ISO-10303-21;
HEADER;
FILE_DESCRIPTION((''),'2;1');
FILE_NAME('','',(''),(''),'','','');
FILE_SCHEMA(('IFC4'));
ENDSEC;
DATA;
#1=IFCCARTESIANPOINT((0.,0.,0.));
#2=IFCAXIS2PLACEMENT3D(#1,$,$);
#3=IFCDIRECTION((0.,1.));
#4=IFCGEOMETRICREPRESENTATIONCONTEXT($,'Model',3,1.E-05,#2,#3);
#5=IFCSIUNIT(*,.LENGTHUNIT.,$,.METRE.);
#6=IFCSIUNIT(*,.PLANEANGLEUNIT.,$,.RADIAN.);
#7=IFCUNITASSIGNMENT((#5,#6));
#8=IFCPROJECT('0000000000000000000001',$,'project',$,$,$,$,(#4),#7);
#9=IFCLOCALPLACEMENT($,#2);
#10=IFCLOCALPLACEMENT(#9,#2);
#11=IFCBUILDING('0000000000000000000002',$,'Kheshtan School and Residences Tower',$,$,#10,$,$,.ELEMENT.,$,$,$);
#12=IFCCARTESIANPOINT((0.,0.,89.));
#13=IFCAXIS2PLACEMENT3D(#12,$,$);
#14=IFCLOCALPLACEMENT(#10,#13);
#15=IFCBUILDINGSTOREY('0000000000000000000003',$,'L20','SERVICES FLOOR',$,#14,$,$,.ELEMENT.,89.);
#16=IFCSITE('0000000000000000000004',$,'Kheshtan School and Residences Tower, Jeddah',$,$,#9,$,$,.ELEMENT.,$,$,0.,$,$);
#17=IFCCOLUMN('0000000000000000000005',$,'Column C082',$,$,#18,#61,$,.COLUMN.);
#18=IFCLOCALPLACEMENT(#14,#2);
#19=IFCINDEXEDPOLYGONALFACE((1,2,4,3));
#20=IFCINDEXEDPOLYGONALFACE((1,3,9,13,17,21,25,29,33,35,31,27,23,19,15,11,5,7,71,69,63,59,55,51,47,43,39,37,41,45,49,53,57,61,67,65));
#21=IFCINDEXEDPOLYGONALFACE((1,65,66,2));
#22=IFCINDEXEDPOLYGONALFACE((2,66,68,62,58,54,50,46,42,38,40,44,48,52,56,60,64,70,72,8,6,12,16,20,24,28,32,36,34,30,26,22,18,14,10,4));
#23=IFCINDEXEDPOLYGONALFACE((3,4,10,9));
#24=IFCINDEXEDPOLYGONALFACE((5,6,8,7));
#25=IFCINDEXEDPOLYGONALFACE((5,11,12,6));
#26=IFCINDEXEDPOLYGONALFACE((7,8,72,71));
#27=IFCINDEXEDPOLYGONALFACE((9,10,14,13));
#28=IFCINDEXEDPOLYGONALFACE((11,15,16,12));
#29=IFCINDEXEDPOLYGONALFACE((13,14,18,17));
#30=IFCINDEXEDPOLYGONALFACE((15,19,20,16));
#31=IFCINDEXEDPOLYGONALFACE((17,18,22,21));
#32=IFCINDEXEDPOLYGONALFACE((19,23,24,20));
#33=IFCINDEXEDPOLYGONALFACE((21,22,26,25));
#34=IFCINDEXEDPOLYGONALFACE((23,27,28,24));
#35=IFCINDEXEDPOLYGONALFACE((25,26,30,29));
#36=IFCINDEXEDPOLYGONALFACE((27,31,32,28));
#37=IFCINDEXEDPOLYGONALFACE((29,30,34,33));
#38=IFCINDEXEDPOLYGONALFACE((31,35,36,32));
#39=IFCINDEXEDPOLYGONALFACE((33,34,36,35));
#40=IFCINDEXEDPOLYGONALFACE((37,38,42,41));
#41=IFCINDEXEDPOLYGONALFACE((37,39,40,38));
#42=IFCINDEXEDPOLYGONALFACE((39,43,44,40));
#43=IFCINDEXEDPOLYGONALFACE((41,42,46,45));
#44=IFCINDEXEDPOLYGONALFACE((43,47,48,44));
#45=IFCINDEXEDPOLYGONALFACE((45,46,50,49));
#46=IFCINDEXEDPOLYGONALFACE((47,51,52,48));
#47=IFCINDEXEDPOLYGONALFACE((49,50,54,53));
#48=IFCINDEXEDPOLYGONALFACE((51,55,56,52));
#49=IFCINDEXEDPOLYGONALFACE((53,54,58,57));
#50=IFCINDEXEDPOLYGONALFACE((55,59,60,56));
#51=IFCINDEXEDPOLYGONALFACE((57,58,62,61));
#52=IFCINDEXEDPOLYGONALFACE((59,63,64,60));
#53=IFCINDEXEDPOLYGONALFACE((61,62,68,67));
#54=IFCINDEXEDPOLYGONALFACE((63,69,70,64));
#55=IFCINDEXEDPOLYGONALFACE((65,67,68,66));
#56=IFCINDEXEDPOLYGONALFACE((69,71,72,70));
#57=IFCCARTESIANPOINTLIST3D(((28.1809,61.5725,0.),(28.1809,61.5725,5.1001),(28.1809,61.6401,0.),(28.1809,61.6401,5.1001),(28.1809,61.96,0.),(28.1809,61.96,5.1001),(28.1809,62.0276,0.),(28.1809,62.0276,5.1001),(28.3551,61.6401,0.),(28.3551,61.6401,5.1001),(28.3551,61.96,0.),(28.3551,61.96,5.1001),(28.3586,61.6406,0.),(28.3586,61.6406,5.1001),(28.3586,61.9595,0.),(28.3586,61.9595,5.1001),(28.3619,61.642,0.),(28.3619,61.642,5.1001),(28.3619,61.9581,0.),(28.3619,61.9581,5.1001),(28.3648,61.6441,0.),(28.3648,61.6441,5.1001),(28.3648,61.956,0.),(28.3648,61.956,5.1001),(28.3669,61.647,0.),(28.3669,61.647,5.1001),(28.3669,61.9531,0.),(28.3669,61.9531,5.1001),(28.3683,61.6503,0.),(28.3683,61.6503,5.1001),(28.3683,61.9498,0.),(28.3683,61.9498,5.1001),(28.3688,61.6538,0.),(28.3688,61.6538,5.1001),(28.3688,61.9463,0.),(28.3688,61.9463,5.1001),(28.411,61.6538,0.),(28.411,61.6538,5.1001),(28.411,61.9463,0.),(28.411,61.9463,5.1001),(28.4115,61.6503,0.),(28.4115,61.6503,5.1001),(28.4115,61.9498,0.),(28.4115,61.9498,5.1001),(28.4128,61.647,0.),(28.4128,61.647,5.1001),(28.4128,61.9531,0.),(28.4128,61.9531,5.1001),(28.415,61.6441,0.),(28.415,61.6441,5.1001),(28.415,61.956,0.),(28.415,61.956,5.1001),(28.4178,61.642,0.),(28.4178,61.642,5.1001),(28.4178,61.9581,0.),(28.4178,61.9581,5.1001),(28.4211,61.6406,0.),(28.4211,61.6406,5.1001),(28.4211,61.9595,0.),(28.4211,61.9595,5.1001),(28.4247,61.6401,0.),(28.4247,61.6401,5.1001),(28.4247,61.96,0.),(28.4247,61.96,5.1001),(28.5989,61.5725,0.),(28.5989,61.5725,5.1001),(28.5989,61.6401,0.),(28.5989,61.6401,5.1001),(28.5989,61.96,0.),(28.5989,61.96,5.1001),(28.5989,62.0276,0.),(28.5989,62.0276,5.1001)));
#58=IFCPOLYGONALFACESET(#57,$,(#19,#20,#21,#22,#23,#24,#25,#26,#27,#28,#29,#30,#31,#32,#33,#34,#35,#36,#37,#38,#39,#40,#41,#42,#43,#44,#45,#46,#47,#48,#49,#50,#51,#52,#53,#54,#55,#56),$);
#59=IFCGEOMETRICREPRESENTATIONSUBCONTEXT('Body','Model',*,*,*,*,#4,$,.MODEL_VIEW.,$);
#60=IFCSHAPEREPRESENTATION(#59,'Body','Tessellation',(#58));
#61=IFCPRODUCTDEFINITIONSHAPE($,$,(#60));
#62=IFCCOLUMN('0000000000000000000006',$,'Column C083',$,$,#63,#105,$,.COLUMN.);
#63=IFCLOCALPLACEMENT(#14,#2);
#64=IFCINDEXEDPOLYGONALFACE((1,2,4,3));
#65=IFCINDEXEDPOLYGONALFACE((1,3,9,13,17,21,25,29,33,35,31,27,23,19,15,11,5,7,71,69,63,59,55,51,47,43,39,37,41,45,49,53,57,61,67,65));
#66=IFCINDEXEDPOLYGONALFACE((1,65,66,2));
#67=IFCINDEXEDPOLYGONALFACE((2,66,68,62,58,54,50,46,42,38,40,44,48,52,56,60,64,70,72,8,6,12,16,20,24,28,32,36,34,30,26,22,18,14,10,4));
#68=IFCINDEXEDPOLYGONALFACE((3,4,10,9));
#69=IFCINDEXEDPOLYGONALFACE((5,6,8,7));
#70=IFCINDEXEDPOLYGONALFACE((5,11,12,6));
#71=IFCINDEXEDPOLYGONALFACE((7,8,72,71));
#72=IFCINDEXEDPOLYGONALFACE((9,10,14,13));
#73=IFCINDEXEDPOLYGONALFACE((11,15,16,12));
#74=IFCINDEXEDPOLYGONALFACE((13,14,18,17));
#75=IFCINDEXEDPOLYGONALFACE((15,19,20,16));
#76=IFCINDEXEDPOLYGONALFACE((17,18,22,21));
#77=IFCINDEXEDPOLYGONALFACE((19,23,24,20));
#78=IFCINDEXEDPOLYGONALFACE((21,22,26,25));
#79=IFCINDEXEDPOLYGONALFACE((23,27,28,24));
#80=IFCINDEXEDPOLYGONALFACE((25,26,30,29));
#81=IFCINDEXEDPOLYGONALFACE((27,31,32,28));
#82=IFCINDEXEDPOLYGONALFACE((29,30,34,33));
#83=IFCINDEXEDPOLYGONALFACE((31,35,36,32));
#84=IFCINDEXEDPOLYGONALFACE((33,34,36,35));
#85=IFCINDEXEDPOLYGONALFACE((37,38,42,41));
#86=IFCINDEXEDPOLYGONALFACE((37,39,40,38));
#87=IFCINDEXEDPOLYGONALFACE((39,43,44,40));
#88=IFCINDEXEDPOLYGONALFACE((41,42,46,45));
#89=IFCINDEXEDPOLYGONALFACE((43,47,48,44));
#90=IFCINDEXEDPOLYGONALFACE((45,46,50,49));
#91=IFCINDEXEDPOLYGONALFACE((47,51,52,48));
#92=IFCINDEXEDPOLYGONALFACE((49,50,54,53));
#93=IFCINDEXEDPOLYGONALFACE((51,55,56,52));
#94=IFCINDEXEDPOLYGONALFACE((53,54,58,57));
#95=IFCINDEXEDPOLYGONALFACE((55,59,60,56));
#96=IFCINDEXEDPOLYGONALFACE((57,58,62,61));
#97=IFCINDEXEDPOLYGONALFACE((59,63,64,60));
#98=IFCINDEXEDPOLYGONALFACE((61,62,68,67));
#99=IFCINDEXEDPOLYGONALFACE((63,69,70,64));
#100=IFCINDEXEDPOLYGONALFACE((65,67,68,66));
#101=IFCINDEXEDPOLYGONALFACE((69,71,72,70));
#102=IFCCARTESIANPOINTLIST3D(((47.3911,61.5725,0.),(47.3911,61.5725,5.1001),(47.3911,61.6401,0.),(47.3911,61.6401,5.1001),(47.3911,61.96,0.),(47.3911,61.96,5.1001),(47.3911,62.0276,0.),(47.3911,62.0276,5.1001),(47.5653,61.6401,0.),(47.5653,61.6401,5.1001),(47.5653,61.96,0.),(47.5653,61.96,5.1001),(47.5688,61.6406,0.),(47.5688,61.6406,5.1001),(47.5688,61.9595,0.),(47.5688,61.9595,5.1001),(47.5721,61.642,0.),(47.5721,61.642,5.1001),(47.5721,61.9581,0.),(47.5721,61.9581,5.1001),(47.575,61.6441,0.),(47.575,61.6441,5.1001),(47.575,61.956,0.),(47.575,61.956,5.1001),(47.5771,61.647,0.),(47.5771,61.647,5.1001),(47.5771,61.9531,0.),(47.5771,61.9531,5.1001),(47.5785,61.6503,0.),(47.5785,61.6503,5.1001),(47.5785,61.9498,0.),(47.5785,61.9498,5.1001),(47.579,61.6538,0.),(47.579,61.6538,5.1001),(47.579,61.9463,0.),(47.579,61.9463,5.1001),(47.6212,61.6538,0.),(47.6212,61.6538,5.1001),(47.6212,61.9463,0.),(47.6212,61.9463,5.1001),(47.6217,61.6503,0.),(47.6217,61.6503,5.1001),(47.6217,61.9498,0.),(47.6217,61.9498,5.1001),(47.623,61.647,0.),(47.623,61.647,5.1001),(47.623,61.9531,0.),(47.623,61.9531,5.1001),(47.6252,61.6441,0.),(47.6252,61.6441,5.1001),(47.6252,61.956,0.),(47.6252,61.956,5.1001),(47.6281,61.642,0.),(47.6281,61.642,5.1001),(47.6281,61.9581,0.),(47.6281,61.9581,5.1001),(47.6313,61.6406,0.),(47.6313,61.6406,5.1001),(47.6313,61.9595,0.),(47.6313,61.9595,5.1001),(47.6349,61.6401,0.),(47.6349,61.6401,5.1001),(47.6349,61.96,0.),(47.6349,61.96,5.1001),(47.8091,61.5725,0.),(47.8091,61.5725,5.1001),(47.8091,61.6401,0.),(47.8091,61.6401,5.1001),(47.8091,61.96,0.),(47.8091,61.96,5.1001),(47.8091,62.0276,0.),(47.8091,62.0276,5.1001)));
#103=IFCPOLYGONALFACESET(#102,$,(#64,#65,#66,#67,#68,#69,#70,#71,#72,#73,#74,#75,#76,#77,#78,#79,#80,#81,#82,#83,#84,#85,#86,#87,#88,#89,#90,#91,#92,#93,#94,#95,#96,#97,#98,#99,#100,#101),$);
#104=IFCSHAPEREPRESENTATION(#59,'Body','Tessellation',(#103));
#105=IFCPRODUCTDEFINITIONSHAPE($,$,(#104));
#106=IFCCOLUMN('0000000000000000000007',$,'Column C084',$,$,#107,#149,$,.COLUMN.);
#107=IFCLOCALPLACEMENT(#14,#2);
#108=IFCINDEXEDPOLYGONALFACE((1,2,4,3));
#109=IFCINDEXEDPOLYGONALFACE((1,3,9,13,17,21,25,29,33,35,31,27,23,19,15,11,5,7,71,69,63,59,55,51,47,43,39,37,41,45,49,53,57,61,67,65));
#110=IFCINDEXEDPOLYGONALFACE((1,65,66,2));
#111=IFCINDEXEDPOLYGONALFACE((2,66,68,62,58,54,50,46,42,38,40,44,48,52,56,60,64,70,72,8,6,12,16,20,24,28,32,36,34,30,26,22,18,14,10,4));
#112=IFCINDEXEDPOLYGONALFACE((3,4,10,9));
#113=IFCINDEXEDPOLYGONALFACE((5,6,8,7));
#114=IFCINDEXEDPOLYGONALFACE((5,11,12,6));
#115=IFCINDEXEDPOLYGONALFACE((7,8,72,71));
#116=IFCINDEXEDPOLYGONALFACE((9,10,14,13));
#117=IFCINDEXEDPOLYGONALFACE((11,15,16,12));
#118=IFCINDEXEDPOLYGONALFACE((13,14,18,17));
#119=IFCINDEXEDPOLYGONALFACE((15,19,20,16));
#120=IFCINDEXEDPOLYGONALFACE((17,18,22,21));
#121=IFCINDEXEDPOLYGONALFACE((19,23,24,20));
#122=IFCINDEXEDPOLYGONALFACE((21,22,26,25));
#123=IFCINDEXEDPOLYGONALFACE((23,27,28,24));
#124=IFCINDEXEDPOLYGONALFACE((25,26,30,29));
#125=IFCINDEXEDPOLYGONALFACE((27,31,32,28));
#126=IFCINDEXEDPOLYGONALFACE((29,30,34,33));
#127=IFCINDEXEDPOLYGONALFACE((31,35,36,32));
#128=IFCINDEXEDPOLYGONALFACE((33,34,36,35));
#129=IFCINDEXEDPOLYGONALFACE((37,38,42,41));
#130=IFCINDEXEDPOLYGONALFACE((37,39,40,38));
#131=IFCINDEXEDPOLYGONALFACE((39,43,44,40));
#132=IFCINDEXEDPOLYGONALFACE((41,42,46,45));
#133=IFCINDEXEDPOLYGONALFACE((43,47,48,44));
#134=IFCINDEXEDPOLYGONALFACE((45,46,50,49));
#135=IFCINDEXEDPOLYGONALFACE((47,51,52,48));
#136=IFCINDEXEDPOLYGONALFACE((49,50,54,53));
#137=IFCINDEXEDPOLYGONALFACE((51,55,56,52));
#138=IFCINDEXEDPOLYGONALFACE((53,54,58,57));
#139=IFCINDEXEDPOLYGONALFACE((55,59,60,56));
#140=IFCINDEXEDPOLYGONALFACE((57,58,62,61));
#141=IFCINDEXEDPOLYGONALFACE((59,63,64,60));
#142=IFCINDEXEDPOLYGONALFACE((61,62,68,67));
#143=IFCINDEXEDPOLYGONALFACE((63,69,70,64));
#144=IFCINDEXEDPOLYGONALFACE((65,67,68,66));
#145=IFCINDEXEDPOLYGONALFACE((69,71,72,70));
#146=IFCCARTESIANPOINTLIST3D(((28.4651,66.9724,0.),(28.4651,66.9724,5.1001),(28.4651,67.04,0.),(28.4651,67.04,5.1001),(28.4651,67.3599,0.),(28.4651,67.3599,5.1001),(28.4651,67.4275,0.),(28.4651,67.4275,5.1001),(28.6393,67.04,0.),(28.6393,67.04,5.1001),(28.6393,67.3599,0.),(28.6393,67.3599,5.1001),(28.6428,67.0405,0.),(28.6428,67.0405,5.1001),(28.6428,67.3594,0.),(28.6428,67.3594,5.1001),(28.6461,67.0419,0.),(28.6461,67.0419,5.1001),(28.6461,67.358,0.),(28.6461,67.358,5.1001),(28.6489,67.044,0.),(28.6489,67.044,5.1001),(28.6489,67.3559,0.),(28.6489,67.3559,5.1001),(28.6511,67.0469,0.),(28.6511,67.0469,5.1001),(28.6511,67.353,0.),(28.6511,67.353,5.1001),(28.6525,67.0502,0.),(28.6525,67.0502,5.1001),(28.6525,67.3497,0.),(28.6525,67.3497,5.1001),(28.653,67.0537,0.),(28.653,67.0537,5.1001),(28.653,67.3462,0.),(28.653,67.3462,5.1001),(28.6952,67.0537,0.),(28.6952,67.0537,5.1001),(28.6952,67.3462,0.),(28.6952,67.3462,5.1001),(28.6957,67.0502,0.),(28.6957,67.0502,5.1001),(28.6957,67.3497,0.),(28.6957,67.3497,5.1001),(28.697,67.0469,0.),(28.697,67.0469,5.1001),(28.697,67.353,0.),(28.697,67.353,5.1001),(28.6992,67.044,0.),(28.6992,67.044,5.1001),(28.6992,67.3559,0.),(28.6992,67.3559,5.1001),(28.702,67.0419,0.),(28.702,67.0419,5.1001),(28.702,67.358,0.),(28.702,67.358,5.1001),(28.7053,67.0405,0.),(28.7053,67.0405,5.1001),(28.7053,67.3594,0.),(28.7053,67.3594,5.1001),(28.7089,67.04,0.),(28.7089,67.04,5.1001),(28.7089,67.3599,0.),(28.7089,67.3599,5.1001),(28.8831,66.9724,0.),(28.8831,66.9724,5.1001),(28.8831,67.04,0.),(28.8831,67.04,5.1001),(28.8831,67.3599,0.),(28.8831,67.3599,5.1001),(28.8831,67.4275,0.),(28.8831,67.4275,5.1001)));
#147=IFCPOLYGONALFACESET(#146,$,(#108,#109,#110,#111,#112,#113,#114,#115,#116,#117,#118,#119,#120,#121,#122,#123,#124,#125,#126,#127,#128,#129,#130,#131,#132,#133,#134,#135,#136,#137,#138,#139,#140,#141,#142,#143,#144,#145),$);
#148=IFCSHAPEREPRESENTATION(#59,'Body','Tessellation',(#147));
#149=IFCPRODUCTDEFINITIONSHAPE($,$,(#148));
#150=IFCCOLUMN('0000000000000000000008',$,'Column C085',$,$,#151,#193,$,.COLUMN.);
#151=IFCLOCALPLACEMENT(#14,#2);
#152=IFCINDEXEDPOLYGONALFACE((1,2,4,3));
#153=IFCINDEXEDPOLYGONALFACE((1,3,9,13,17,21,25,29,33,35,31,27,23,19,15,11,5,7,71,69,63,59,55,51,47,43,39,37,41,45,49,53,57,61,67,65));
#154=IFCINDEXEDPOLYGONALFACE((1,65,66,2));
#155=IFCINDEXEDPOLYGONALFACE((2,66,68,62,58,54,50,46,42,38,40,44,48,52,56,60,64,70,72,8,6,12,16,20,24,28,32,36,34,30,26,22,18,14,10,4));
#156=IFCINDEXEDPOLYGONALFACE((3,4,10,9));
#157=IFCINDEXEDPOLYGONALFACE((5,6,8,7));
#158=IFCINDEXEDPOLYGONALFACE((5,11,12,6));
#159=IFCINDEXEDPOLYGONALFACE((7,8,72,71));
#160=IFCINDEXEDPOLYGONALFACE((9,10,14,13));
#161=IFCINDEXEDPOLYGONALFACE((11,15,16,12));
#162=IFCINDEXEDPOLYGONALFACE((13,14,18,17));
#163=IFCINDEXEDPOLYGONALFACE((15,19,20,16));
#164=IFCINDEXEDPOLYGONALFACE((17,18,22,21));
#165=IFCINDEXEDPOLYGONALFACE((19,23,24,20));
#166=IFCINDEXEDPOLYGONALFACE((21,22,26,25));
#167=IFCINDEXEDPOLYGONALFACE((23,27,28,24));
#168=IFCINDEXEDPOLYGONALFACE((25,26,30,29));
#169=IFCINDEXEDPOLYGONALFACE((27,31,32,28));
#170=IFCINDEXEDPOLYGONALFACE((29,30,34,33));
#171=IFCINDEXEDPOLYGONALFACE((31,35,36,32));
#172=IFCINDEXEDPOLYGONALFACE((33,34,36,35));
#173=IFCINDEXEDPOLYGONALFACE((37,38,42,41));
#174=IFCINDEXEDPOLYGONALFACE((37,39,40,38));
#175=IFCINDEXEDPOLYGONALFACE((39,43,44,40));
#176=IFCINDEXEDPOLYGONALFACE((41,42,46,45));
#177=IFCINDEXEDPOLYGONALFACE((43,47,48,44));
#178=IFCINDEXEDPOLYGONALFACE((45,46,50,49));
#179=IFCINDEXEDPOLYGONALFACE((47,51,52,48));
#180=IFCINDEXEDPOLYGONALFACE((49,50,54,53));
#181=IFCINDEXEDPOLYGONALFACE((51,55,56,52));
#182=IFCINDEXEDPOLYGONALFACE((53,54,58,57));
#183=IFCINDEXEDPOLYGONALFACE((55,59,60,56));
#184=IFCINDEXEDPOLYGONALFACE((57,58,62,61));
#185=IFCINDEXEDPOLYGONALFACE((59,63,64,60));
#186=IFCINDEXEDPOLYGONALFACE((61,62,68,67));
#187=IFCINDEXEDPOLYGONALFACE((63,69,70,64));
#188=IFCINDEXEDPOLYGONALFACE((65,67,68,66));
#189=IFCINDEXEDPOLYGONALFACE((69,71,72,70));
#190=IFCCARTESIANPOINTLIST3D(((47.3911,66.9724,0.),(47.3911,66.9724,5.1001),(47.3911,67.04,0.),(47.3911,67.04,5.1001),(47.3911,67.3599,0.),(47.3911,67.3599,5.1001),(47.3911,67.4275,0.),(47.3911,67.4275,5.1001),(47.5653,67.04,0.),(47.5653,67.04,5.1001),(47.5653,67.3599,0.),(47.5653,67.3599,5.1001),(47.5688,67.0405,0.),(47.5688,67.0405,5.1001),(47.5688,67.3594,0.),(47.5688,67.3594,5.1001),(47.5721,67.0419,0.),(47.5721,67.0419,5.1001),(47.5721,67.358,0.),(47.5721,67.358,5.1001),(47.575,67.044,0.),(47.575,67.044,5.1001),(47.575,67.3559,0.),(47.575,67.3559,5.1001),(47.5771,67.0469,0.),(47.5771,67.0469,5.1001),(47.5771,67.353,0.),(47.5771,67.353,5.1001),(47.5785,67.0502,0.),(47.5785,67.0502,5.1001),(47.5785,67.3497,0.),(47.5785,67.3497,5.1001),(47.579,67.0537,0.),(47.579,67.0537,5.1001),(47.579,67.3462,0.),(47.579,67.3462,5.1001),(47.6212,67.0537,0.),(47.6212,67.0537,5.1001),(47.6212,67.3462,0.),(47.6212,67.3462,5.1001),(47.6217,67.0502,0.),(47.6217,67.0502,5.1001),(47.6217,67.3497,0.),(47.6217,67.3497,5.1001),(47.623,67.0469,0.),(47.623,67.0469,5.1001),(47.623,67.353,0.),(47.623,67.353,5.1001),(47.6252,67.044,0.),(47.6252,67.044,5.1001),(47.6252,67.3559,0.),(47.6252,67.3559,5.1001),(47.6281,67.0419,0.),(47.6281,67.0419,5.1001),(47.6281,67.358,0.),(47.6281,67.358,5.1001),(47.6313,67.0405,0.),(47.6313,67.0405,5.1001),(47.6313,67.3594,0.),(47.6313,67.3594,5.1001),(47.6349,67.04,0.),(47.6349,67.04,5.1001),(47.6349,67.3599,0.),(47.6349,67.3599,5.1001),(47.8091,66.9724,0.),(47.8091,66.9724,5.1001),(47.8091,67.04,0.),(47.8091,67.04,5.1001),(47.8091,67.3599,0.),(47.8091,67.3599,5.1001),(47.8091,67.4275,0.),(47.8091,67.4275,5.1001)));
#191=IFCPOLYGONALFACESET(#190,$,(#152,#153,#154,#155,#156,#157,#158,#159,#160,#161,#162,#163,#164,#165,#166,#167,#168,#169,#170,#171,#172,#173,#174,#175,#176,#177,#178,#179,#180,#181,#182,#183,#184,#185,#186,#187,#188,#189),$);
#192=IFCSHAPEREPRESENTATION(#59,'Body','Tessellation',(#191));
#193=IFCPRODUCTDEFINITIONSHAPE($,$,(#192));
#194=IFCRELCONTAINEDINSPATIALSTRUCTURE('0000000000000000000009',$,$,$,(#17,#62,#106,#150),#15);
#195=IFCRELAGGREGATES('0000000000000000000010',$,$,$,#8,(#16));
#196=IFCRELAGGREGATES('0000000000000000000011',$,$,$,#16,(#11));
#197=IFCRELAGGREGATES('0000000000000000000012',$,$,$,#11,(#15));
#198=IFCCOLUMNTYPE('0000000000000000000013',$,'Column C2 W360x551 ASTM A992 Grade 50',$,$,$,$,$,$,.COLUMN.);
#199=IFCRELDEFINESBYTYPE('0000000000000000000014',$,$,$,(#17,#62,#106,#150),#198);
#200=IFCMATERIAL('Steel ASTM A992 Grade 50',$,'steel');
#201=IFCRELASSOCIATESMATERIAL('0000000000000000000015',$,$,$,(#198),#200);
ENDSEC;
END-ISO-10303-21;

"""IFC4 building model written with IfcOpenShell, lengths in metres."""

from ifc_helpers import new_model, si_unit, direction, frame, origin, origin_2d, place, context, subcontext, project, spatial, i_section, extrude, material, material_profile, profile_set, type_object, element, save


model = new_model("IFC4")

# Units and contexts
model_context = context("Model", 3, precision=1e-05, world=origin(), true_north=direction((0.0, 1.0)))
body_context = subcontext(model_context, "Body", "Model", "MODEL_VIEW")
ifc_project = project(units=[si_unit("LENGTHUNIT", "METRE"), si_unit("PLANEANGLEUNIT", "RADIAN")], contexts=[model_context])

# Site, building, storey
site_placement = place(None, origin())
site = spatial("IfcSite", under=ifc_project, at=site_placement, Name="Kheshtan School and Residences Tower, Jeddah", CompositionType="ELEMENT", RefElevation=0.0)
building_placement = place(site_placement, origin())
building = spatial("IfcBuilding", under=site, at=building_placement, Name="Kheshtan School and Residences Tower", CompositionType="ELEMENT")
storey_placement = place(building_placement, frame((0.0, 0.0, 89.0)))
storey = spatial("IfcBuildingStorey", under=building, at=storey_placement, Name="L20", Description="SERVICES FLOOR", CompositionType="ELEMENT", Elevation=89.0)

# Columns
ifc_material_1 = material(Name="Steel ASTM A992 Grade 50", Category="steel")
ifc_material_profile_1 = material_profile(ifc_material_1, i_section(OverallWidth=0.418, OverallDepth=0.4551, WebThickness=0.0422, FlangeThickness=0.0676, FilletRadius=0.0137, at=origin_2d()), Name="W360x551")
ifc_profile_set_1 = profile_set([ifc_material_profile_1], Name="Steel ASTM A992 Grade 50")
column_type = type_object("IfcColumnType", Name="Column C2 W360x551 ASTM A992 Grade 50", PredefinedType="COLUMN", material=ifc_profile_set_1)
for number, where, z_axis, x_axis, name in (
    (1, (28.3899, 61.8, 0.0), (0.0, 0.0, 1.0), (1.0, 0.0, 0.0), "Column C082"),
    (2, (47.6001, 61.8, 0.0), (0.0, 0.0, 1.0), (1.0, 0.0, 0.0), "Column C083"),
    (3, (28.6741, 67.2, 0.0), (0.0, 0.0, 1.0), (1.0, 0.0, 0.0), "Column C084"),
    (4, (47.6001, 67.2, 0.0), (0.0, 0.0, 1.0), (1.0, 0.0, 0.0), "Column C085"),
):
    element("IfcColumn", number, at=place(storey_placement, frame(where, z_axis=z_axis, x_axis=x_axis)), inside=storey, type_object=column_type, Name=name, PredefinedType="COLUMN", context=body_context, shape_type="SweptSolid", body=[
        extrude(i_section(OverallWidth=0.418, OverallDepth=0.4551, WebThickness=0.0422, FlangeThickness=0.0676, FilletRadius=0.0137, at=origin_2d()), origin(), (0.0, 0.0, 1.0), 5.1001),
    ])

save(model, "model.ifc")
